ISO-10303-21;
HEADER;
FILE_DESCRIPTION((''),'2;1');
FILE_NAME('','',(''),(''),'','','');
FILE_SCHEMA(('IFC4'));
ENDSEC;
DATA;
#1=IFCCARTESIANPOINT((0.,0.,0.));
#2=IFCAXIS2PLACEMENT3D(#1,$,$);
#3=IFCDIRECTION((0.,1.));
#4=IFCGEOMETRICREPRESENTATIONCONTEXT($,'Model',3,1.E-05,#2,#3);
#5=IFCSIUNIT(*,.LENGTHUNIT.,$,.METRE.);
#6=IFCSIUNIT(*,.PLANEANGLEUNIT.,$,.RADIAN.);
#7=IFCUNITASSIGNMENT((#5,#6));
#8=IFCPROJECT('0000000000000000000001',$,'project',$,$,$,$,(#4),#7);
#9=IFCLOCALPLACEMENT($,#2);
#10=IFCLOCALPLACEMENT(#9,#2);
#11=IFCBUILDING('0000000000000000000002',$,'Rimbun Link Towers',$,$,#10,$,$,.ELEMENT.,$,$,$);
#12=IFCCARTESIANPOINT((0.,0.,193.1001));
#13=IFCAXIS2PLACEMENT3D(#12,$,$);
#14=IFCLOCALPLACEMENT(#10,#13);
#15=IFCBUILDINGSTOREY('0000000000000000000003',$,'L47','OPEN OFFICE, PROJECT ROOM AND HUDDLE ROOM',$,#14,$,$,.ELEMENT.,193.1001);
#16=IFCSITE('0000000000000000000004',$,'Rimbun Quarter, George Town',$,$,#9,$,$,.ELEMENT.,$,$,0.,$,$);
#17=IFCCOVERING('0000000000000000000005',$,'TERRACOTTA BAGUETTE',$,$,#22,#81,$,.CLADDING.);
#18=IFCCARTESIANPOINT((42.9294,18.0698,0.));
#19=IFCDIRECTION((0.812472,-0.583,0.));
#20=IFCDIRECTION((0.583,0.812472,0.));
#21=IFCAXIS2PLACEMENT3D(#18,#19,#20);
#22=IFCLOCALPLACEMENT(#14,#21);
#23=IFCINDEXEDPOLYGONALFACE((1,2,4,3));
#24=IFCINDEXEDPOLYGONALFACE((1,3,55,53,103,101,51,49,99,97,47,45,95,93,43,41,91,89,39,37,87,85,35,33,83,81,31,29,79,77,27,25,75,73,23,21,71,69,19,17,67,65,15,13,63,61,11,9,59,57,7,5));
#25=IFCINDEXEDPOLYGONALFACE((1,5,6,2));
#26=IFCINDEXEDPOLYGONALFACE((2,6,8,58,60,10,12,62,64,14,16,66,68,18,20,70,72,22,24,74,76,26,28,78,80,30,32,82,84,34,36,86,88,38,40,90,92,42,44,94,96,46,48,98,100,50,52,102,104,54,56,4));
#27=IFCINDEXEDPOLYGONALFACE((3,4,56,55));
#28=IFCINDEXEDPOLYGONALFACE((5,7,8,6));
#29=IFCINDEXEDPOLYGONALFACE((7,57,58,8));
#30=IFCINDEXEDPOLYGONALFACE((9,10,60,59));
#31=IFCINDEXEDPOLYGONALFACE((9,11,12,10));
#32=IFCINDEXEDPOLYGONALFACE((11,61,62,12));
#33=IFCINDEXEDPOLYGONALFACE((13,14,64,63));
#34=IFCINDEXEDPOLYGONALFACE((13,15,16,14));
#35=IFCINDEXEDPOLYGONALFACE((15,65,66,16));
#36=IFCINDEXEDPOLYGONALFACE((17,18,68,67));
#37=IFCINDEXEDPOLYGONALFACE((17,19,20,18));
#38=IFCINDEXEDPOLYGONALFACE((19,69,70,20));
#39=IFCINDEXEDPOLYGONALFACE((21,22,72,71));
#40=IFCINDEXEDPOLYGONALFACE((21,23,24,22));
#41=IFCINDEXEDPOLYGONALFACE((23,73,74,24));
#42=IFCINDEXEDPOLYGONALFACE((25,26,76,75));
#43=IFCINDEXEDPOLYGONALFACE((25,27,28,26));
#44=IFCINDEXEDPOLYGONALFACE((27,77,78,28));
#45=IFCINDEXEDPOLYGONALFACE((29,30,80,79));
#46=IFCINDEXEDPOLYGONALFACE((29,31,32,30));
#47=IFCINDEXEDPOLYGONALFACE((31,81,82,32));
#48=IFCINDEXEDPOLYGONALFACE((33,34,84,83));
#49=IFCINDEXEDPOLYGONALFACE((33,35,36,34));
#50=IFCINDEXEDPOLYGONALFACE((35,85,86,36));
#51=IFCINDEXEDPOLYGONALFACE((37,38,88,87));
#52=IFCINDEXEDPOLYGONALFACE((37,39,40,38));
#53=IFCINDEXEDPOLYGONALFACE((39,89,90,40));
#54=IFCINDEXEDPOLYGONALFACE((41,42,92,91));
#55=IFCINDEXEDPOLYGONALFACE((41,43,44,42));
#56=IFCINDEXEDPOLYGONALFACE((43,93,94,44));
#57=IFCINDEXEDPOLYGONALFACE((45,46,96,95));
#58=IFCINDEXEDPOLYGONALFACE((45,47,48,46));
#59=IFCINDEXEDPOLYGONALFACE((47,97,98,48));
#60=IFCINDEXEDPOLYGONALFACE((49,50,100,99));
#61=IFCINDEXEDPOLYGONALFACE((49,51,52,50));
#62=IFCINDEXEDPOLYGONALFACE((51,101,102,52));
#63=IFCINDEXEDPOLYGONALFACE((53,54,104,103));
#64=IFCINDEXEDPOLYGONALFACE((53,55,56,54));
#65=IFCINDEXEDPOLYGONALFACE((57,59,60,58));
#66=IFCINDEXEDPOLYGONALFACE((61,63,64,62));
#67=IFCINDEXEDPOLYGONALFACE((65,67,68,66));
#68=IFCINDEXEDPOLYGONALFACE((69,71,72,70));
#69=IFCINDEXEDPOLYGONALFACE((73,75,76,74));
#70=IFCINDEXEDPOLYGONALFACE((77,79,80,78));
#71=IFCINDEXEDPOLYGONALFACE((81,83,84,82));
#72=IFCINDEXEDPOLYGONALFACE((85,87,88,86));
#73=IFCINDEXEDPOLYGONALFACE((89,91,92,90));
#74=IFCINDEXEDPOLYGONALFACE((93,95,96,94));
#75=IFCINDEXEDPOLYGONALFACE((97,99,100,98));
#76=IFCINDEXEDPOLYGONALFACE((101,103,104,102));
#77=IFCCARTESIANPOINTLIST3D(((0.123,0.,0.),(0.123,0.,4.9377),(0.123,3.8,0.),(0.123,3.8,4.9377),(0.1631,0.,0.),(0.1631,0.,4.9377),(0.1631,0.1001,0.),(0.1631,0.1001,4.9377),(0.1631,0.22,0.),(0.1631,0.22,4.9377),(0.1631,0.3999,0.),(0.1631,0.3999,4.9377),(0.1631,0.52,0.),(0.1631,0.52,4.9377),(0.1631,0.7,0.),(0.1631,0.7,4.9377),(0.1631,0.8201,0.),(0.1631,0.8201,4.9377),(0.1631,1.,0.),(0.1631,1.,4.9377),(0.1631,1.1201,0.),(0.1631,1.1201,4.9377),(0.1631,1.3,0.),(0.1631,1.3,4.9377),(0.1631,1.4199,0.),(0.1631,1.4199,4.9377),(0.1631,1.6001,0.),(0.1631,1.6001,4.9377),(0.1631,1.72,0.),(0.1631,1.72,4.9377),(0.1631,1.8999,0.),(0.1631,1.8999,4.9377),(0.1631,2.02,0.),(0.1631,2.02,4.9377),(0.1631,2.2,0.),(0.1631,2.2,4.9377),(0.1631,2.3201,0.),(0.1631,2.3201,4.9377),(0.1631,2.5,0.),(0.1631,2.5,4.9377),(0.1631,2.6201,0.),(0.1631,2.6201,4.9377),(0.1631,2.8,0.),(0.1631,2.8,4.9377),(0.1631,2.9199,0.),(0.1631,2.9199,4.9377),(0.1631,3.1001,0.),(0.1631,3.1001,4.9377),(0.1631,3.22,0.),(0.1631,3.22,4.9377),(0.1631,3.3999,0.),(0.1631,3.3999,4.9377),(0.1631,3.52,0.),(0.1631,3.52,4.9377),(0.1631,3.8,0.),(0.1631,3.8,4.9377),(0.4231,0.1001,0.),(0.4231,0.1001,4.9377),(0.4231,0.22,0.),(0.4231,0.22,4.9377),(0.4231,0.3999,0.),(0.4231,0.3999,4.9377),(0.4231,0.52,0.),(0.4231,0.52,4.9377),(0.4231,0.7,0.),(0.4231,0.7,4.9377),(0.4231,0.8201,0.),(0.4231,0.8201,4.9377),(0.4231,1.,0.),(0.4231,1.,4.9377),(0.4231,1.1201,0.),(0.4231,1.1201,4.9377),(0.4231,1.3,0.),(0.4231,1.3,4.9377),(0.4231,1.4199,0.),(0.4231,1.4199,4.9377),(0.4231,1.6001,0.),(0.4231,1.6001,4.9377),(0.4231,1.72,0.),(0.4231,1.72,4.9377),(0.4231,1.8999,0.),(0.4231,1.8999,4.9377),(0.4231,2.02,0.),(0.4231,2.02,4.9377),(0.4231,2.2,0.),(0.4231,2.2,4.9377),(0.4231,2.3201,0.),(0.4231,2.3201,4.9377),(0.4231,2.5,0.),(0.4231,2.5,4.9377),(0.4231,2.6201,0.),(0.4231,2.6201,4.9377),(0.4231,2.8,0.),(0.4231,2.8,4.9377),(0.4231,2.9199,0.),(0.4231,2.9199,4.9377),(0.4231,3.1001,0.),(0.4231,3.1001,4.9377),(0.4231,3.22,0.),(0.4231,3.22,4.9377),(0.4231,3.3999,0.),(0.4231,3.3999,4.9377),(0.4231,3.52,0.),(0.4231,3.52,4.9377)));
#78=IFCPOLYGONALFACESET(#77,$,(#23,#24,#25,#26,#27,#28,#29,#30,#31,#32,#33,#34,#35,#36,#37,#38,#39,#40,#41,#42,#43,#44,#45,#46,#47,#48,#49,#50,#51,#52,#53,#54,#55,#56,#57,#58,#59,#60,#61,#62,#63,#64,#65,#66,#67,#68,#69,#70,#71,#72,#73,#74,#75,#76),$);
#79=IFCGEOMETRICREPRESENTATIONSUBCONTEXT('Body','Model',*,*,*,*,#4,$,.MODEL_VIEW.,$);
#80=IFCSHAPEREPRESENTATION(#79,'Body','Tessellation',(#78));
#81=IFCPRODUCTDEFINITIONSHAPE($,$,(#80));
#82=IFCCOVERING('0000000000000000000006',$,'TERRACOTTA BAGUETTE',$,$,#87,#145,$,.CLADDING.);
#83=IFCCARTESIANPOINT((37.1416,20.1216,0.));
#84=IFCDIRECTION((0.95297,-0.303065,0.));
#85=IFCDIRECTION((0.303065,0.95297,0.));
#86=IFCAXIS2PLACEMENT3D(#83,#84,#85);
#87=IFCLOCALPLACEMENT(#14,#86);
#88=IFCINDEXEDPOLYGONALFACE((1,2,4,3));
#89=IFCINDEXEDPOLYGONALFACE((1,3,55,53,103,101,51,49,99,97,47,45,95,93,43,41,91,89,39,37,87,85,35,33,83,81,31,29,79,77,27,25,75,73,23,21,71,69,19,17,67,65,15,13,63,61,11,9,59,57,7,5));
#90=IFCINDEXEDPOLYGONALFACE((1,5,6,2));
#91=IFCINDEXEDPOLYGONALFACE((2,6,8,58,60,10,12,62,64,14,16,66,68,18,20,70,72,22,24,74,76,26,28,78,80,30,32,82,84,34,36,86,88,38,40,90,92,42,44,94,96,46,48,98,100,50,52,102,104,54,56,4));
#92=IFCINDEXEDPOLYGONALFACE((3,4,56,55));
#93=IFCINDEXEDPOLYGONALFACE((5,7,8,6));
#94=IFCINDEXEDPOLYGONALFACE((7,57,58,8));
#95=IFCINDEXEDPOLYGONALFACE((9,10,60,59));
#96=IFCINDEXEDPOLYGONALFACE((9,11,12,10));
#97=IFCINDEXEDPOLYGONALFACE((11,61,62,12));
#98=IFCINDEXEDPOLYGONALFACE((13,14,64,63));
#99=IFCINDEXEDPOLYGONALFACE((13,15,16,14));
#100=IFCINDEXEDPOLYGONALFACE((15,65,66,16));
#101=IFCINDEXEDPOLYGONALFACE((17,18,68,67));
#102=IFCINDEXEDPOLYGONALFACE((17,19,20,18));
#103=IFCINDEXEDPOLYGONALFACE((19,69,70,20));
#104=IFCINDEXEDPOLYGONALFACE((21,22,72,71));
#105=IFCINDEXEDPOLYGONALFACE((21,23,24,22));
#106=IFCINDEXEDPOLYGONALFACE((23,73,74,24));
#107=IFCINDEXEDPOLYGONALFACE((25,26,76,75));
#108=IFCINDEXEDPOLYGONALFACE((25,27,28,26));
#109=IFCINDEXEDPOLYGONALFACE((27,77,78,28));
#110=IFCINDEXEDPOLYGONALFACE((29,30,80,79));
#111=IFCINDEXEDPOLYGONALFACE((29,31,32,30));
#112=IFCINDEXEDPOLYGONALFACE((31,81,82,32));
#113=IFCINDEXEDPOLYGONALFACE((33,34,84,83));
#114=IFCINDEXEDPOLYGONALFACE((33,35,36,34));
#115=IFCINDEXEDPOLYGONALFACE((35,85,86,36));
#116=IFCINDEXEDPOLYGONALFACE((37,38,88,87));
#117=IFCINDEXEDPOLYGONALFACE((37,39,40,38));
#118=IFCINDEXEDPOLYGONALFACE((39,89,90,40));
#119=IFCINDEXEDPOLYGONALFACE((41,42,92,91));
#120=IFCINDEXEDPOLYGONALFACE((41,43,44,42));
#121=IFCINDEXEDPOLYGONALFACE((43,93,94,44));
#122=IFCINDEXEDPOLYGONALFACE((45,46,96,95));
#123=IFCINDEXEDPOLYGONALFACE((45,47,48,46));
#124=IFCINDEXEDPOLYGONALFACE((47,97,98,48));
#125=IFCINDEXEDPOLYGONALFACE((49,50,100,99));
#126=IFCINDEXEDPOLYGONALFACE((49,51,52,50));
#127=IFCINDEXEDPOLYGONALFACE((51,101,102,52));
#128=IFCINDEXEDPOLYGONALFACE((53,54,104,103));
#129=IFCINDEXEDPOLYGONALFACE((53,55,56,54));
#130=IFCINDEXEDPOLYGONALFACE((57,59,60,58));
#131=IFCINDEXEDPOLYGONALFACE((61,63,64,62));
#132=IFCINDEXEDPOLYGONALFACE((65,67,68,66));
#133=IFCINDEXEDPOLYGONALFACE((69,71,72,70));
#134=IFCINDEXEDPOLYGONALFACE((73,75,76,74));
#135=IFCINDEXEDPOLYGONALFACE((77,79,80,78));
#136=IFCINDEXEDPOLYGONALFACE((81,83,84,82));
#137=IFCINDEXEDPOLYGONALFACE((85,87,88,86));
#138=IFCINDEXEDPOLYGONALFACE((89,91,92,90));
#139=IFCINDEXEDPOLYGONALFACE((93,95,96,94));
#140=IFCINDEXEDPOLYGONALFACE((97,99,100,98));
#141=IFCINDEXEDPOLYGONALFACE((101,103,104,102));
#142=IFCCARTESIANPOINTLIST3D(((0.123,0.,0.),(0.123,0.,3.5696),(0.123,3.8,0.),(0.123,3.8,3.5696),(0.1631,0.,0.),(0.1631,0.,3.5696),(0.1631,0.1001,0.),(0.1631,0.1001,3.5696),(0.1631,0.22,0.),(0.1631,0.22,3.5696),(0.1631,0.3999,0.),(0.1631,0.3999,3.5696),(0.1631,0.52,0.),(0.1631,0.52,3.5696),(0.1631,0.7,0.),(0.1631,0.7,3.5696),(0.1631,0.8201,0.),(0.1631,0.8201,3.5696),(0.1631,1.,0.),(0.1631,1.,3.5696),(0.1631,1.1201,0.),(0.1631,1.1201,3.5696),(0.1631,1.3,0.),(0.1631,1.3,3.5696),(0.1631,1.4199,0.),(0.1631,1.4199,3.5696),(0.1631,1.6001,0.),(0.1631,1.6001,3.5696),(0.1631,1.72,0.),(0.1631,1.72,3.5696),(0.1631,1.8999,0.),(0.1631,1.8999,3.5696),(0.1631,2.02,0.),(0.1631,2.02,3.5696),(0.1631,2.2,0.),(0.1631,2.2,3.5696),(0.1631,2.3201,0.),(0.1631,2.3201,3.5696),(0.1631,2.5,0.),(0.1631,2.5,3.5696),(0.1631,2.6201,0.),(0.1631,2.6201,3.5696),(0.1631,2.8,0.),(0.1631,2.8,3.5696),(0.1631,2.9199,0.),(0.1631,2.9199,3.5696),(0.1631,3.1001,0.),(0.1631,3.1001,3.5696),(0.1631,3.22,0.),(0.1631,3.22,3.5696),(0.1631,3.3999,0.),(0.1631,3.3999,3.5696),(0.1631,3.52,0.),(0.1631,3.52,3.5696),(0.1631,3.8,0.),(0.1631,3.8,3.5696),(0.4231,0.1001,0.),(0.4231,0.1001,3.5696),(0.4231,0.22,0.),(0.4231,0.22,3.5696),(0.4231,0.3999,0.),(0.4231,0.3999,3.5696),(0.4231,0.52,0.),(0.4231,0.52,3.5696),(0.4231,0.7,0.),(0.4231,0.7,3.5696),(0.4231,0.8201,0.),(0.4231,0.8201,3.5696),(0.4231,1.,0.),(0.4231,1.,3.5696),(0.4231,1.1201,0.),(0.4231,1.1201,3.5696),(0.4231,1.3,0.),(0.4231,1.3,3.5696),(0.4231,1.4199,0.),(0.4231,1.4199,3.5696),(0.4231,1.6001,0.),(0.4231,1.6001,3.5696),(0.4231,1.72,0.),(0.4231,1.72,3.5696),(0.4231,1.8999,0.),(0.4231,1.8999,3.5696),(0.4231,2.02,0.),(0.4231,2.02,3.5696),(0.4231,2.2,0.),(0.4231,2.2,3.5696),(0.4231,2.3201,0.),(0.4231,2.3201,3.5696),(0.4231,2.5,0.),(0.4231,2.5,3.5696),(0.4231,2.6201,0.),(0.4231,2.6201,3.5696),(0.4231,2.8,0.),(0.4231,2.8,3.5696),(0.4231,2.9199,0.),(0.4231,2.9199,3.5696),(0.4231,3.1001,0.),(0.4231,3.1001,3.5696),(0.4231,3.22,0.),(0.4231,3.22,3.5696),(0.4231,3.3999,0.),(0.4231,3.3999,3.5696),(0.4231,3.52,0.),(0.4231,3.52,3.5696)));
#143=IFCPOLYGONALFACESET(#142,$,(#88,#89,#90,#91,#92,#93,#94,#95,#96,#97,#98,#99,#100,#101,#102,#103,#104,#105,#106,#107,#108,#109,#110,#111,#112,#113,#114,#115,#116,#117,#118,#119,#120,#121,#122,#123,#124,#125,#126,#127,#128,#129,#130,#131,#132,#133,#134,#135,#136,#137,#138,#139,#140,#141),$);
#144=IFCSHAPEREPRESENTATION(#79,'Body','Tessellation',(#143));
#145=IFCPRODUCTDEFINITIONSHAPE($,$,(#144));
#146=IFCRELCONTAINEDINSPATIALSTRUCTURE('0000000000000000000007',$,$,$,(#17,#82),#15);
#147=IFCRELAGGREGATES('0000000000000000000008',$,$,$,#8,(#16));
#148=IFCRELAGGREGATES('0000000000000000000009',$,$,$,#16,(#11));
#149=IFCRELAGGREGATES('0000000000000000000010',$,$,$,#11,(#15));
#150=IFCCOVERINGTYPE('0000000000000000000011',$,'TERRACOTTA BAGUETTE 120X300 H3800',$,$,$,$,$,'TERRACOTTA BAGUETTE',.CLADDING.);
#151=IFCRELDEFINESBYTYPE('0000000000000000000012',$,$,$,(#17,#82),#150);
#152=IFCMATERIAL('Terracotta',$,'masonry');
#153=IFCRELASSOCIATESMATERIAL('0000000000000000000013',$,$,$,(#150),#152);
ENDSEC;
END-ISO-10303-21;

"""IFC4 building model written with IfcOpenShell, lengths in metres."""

from ifc_helpers import new_model, si_unit, direction, frame, origin, place, context, subcontext, project, spatial, polyline, outline, extrude, material, material_profile, profile_set, type_object, element, save


model = new_model("IFC4")

# Units and contexts
model_context = context("Model", 3, precision=1e-05, world=origin(), true_north=direction((0.0, 1.0)))
body_context = subcontext(model_context, "Body", "Model", "MODEL_VIEW")
ifc_project = project(units=[si_unit("LENGTHUNIT", "METRE"), si_unit("PLANEANGLEUNIT", "RADIAN")], contexts=[model_context])

# Site, building, storey
site_placement = place(None, origin())
site = spatial("IfcSite", under=ifc_project, at=site_placement, Name="Rimbun Quarter, George Town", CompositionType="ELEMENT", RefElevation=0.0)
building_placement = place(site_placement, origin())
building = spatial("IfcBuilding", under=site, at=building_placement, Name="Rimbun Link Towers", CompositionType="ELEMENT")
storey_placement = place(building_placement, frame((0.0, 0.0, 193.1001)))
storey = spatial("IfcBuildingStorey", under=building, at=storey_placement, Name="L47", Description="OPEN OFFICE, PROJECT ROOM AND HUDDLE ROOM", CompositionType="ELEMENT", Elevation=193.1001)

# Coverings
ifc_material_1 = material(Name="Terracotta", Category="masonry")
ifc_material_profile_1 = material_profile(ifc_material_1, outline(polyline([(0.123, 0.0), (0.1631, 0.0), (0.1631, 0.1001), (0.4231, 0.1001), (0.4231, 0.22), (0.1631, 0.22), (0.1631, 0.3999), (0.4231, 0.3999), (0.4231, 0.52), (0.1631, 0.52), (0.1631, 0.7), (0.4231, 0.7), (0.4231, 0.8201), (0.1631, 0.8201), (0.1631, 1.0), (0.4231, 1.0), (0.4231, 1.1201), (0.1631, 1.1201), (0.1631, 1.3), (0.4231, 1.3), (0.4231, 1.4199), (0.1631, 1.4199), (0.1631, 1.6001), (0.4231, 1.6001), (0.4231, 1.72), (0.1631, 1.72), (0.1631, 1.8999), (0.4231, 1.8999), (0.4231, 2.02), (0.1631, 2.02), (0.1631, 2.2), (0.4231, 2.2), (0.4231, 2.3201), (0.1631, 2.3201), (0.1631, 2.5), (0.4231, 2.5), (0.4231, 2.6201), (0.1631, 2.6201), (0.1631, 2.8), (0.4231, 2.8), (0.4231, 2.9199), (0.1631, 2.9199), (0.1631, 3.1001), (0.4231, 3.1001), (0.4231, 3.22), (0.1631, 3.22), (0.1631, 3.3999), (0.4231, 3.3999), (0.4231, 3.52), (0.1631, 3.52), (0.1631, 3.8), (0.123, 3.8), (0.123, 0.0)])), Name="BAGUETTE 120X300")
ifc_profile_set_1 = profile_set([ifc_material_profile_1], Name="Terracotta")
covering_type = type_object("IfcCoveringType", Name="TERRACOTTA BAGUETTE 120X300 H3800", ElementType="TERRACOTTA BAGUETTE", PredefinedType="CLADDING", material=ifc_profile_set_1)
covering_1_placement = place(storey_placement, frame((42.9294, 18.0698, 0.0), z_axis=(0.812472, -0.583, 0.0), x_axis=(0.583, 0.812472, 0.0)))
element("IfcCovering", 1, at=covering_1_placement, inside=storey, type_object=covering_type, Name="TERRACOTTA BAGUETTE", PredefinedType="CLADDING", context=body_context, shape_type="SweptSolid", body=[
    extrude(outline(polyline([(0.123, 0.0), (0.1631, 0.0), (0.1631, 0.1001), (0.4231, 0.1001), (0.4231, 0.22), (0.1631, 0.22), (0.1631, 0.3999), (0.4231, 0.3999), (0.4231, 0.52), (0.1631, 0.52), (0.1631, 0.7), (0.4231, 0.7), (0.4231, 0.8201), (0.1631, 0.8201), (0.1631, 1.0), (0.4231, 1.0), (0.4231, 1.1201), (0.1631, 1.1201), (0.1631, 1.3), (0.4231, 1.3), (0.4231, 1.4199), (0.1631, 1.4199), (0.1631, 1.6001), (0.4231, 1.6001), (0.4231, 1.72), (0.1631, 1.72), (0.1631, 1.8999), (0.4231, 1.8999), (0.4231, 2.02), (0.1631, 2.02), (0.1631, 2.2), (0.4231, 2.2), (0.4231, 2.3201), (0.1631, 2.3201), (0.1631, 2.5), (0.4231, 2.5), (0.4231, 2.6201), (0.1631, 2.6201), (0.1631, 2.8), (0.4231, 2.8), (0.4231, 2.9199), (0.1631, 2.9199), (0.1631, 3.1001), (0.4231, 3.1001), (0.4231, 3.22), (0.1631, 3.22), (0.1631, 3.3999), (0.4231, 3.3999), (0.4231, 3.52), (0.1631, 3.52), (0.1631, 3.8), (0.123, 3.8), (0.123, 0.0)])), origin(), (0.0, 0.0, 1.0), 4.9377),
])
covering_2_placement = place(storey_placement, frame((37.1416, 20.1216, 0.0), z_axis=(0.95297, -0.303065, 0.0), x_axis=(0.303065, 0.95297, 0.0)))
element("IfcCovering", 2, at=covering_2_placement, inside=storey, type_object=covering_type, Name="TERRACOTTA BAGUETTE", PredefinedType="CLADDING", context=body_context, shape_type="SweptSolid", body=[
    extrude(outline(polyline([(0.123, 0.0), (0.1631, 0.0), (0.1631, 0.1001), (0.4231, 0.1001), (0.4231, 0.22), (0.1631, 0.22), (0.1631, 0.3999), (0.4231, 0.3999), (0.4231, 0.52), (0.1631, 0.52), (0.1631, 0.7), (0.4231, 0.7), (0.4231, 0.8201), (0.1631, 0.8201), (0.1631, 1.0), (0.4231, 1.0), (0.4231, 1.1201), (0.1631, 1.1201), (0.1631, 1.3), (0.4231, 1.3), (0.4231, 1.4199), (0.1631, 1.4199), (0.1631, 1.6001), (0.4231, 1.6001), (0.4231, 1.72), (0.1631, 1.72), (0.1631, 1.8999), (0.4231, 1.8999), (0.4231, 2.02), (0.1631, 2.02), (0.1631, 2.2), (0.4231, 2.2), (0.4231, 2.3201), (0.1631, 2.3201), (0.1631, 2.5), (0.4231, 2.5), (0.4231, 2.6201), (0.1631, 2.6201), (0.1631, 2.8), (0.4231, 2.8), (0.4231, 2.9199), (0.1631, 2.9199), (0.1631, 3.1001), (0.4231, 3.1001), (0.4231, 3.22), (0.1631, 3.22), (0.1631, 3.3999), (0.4231, 3.3999), (0.4231, 3.52), (0.1631, 3.52), (0.1631, 3.8), (0.123, 3.8), (0.123, 0.0)])), origin(), (0.0, 0.0, 1.0), 3.5696),
])

save(model, "model.ifc")
